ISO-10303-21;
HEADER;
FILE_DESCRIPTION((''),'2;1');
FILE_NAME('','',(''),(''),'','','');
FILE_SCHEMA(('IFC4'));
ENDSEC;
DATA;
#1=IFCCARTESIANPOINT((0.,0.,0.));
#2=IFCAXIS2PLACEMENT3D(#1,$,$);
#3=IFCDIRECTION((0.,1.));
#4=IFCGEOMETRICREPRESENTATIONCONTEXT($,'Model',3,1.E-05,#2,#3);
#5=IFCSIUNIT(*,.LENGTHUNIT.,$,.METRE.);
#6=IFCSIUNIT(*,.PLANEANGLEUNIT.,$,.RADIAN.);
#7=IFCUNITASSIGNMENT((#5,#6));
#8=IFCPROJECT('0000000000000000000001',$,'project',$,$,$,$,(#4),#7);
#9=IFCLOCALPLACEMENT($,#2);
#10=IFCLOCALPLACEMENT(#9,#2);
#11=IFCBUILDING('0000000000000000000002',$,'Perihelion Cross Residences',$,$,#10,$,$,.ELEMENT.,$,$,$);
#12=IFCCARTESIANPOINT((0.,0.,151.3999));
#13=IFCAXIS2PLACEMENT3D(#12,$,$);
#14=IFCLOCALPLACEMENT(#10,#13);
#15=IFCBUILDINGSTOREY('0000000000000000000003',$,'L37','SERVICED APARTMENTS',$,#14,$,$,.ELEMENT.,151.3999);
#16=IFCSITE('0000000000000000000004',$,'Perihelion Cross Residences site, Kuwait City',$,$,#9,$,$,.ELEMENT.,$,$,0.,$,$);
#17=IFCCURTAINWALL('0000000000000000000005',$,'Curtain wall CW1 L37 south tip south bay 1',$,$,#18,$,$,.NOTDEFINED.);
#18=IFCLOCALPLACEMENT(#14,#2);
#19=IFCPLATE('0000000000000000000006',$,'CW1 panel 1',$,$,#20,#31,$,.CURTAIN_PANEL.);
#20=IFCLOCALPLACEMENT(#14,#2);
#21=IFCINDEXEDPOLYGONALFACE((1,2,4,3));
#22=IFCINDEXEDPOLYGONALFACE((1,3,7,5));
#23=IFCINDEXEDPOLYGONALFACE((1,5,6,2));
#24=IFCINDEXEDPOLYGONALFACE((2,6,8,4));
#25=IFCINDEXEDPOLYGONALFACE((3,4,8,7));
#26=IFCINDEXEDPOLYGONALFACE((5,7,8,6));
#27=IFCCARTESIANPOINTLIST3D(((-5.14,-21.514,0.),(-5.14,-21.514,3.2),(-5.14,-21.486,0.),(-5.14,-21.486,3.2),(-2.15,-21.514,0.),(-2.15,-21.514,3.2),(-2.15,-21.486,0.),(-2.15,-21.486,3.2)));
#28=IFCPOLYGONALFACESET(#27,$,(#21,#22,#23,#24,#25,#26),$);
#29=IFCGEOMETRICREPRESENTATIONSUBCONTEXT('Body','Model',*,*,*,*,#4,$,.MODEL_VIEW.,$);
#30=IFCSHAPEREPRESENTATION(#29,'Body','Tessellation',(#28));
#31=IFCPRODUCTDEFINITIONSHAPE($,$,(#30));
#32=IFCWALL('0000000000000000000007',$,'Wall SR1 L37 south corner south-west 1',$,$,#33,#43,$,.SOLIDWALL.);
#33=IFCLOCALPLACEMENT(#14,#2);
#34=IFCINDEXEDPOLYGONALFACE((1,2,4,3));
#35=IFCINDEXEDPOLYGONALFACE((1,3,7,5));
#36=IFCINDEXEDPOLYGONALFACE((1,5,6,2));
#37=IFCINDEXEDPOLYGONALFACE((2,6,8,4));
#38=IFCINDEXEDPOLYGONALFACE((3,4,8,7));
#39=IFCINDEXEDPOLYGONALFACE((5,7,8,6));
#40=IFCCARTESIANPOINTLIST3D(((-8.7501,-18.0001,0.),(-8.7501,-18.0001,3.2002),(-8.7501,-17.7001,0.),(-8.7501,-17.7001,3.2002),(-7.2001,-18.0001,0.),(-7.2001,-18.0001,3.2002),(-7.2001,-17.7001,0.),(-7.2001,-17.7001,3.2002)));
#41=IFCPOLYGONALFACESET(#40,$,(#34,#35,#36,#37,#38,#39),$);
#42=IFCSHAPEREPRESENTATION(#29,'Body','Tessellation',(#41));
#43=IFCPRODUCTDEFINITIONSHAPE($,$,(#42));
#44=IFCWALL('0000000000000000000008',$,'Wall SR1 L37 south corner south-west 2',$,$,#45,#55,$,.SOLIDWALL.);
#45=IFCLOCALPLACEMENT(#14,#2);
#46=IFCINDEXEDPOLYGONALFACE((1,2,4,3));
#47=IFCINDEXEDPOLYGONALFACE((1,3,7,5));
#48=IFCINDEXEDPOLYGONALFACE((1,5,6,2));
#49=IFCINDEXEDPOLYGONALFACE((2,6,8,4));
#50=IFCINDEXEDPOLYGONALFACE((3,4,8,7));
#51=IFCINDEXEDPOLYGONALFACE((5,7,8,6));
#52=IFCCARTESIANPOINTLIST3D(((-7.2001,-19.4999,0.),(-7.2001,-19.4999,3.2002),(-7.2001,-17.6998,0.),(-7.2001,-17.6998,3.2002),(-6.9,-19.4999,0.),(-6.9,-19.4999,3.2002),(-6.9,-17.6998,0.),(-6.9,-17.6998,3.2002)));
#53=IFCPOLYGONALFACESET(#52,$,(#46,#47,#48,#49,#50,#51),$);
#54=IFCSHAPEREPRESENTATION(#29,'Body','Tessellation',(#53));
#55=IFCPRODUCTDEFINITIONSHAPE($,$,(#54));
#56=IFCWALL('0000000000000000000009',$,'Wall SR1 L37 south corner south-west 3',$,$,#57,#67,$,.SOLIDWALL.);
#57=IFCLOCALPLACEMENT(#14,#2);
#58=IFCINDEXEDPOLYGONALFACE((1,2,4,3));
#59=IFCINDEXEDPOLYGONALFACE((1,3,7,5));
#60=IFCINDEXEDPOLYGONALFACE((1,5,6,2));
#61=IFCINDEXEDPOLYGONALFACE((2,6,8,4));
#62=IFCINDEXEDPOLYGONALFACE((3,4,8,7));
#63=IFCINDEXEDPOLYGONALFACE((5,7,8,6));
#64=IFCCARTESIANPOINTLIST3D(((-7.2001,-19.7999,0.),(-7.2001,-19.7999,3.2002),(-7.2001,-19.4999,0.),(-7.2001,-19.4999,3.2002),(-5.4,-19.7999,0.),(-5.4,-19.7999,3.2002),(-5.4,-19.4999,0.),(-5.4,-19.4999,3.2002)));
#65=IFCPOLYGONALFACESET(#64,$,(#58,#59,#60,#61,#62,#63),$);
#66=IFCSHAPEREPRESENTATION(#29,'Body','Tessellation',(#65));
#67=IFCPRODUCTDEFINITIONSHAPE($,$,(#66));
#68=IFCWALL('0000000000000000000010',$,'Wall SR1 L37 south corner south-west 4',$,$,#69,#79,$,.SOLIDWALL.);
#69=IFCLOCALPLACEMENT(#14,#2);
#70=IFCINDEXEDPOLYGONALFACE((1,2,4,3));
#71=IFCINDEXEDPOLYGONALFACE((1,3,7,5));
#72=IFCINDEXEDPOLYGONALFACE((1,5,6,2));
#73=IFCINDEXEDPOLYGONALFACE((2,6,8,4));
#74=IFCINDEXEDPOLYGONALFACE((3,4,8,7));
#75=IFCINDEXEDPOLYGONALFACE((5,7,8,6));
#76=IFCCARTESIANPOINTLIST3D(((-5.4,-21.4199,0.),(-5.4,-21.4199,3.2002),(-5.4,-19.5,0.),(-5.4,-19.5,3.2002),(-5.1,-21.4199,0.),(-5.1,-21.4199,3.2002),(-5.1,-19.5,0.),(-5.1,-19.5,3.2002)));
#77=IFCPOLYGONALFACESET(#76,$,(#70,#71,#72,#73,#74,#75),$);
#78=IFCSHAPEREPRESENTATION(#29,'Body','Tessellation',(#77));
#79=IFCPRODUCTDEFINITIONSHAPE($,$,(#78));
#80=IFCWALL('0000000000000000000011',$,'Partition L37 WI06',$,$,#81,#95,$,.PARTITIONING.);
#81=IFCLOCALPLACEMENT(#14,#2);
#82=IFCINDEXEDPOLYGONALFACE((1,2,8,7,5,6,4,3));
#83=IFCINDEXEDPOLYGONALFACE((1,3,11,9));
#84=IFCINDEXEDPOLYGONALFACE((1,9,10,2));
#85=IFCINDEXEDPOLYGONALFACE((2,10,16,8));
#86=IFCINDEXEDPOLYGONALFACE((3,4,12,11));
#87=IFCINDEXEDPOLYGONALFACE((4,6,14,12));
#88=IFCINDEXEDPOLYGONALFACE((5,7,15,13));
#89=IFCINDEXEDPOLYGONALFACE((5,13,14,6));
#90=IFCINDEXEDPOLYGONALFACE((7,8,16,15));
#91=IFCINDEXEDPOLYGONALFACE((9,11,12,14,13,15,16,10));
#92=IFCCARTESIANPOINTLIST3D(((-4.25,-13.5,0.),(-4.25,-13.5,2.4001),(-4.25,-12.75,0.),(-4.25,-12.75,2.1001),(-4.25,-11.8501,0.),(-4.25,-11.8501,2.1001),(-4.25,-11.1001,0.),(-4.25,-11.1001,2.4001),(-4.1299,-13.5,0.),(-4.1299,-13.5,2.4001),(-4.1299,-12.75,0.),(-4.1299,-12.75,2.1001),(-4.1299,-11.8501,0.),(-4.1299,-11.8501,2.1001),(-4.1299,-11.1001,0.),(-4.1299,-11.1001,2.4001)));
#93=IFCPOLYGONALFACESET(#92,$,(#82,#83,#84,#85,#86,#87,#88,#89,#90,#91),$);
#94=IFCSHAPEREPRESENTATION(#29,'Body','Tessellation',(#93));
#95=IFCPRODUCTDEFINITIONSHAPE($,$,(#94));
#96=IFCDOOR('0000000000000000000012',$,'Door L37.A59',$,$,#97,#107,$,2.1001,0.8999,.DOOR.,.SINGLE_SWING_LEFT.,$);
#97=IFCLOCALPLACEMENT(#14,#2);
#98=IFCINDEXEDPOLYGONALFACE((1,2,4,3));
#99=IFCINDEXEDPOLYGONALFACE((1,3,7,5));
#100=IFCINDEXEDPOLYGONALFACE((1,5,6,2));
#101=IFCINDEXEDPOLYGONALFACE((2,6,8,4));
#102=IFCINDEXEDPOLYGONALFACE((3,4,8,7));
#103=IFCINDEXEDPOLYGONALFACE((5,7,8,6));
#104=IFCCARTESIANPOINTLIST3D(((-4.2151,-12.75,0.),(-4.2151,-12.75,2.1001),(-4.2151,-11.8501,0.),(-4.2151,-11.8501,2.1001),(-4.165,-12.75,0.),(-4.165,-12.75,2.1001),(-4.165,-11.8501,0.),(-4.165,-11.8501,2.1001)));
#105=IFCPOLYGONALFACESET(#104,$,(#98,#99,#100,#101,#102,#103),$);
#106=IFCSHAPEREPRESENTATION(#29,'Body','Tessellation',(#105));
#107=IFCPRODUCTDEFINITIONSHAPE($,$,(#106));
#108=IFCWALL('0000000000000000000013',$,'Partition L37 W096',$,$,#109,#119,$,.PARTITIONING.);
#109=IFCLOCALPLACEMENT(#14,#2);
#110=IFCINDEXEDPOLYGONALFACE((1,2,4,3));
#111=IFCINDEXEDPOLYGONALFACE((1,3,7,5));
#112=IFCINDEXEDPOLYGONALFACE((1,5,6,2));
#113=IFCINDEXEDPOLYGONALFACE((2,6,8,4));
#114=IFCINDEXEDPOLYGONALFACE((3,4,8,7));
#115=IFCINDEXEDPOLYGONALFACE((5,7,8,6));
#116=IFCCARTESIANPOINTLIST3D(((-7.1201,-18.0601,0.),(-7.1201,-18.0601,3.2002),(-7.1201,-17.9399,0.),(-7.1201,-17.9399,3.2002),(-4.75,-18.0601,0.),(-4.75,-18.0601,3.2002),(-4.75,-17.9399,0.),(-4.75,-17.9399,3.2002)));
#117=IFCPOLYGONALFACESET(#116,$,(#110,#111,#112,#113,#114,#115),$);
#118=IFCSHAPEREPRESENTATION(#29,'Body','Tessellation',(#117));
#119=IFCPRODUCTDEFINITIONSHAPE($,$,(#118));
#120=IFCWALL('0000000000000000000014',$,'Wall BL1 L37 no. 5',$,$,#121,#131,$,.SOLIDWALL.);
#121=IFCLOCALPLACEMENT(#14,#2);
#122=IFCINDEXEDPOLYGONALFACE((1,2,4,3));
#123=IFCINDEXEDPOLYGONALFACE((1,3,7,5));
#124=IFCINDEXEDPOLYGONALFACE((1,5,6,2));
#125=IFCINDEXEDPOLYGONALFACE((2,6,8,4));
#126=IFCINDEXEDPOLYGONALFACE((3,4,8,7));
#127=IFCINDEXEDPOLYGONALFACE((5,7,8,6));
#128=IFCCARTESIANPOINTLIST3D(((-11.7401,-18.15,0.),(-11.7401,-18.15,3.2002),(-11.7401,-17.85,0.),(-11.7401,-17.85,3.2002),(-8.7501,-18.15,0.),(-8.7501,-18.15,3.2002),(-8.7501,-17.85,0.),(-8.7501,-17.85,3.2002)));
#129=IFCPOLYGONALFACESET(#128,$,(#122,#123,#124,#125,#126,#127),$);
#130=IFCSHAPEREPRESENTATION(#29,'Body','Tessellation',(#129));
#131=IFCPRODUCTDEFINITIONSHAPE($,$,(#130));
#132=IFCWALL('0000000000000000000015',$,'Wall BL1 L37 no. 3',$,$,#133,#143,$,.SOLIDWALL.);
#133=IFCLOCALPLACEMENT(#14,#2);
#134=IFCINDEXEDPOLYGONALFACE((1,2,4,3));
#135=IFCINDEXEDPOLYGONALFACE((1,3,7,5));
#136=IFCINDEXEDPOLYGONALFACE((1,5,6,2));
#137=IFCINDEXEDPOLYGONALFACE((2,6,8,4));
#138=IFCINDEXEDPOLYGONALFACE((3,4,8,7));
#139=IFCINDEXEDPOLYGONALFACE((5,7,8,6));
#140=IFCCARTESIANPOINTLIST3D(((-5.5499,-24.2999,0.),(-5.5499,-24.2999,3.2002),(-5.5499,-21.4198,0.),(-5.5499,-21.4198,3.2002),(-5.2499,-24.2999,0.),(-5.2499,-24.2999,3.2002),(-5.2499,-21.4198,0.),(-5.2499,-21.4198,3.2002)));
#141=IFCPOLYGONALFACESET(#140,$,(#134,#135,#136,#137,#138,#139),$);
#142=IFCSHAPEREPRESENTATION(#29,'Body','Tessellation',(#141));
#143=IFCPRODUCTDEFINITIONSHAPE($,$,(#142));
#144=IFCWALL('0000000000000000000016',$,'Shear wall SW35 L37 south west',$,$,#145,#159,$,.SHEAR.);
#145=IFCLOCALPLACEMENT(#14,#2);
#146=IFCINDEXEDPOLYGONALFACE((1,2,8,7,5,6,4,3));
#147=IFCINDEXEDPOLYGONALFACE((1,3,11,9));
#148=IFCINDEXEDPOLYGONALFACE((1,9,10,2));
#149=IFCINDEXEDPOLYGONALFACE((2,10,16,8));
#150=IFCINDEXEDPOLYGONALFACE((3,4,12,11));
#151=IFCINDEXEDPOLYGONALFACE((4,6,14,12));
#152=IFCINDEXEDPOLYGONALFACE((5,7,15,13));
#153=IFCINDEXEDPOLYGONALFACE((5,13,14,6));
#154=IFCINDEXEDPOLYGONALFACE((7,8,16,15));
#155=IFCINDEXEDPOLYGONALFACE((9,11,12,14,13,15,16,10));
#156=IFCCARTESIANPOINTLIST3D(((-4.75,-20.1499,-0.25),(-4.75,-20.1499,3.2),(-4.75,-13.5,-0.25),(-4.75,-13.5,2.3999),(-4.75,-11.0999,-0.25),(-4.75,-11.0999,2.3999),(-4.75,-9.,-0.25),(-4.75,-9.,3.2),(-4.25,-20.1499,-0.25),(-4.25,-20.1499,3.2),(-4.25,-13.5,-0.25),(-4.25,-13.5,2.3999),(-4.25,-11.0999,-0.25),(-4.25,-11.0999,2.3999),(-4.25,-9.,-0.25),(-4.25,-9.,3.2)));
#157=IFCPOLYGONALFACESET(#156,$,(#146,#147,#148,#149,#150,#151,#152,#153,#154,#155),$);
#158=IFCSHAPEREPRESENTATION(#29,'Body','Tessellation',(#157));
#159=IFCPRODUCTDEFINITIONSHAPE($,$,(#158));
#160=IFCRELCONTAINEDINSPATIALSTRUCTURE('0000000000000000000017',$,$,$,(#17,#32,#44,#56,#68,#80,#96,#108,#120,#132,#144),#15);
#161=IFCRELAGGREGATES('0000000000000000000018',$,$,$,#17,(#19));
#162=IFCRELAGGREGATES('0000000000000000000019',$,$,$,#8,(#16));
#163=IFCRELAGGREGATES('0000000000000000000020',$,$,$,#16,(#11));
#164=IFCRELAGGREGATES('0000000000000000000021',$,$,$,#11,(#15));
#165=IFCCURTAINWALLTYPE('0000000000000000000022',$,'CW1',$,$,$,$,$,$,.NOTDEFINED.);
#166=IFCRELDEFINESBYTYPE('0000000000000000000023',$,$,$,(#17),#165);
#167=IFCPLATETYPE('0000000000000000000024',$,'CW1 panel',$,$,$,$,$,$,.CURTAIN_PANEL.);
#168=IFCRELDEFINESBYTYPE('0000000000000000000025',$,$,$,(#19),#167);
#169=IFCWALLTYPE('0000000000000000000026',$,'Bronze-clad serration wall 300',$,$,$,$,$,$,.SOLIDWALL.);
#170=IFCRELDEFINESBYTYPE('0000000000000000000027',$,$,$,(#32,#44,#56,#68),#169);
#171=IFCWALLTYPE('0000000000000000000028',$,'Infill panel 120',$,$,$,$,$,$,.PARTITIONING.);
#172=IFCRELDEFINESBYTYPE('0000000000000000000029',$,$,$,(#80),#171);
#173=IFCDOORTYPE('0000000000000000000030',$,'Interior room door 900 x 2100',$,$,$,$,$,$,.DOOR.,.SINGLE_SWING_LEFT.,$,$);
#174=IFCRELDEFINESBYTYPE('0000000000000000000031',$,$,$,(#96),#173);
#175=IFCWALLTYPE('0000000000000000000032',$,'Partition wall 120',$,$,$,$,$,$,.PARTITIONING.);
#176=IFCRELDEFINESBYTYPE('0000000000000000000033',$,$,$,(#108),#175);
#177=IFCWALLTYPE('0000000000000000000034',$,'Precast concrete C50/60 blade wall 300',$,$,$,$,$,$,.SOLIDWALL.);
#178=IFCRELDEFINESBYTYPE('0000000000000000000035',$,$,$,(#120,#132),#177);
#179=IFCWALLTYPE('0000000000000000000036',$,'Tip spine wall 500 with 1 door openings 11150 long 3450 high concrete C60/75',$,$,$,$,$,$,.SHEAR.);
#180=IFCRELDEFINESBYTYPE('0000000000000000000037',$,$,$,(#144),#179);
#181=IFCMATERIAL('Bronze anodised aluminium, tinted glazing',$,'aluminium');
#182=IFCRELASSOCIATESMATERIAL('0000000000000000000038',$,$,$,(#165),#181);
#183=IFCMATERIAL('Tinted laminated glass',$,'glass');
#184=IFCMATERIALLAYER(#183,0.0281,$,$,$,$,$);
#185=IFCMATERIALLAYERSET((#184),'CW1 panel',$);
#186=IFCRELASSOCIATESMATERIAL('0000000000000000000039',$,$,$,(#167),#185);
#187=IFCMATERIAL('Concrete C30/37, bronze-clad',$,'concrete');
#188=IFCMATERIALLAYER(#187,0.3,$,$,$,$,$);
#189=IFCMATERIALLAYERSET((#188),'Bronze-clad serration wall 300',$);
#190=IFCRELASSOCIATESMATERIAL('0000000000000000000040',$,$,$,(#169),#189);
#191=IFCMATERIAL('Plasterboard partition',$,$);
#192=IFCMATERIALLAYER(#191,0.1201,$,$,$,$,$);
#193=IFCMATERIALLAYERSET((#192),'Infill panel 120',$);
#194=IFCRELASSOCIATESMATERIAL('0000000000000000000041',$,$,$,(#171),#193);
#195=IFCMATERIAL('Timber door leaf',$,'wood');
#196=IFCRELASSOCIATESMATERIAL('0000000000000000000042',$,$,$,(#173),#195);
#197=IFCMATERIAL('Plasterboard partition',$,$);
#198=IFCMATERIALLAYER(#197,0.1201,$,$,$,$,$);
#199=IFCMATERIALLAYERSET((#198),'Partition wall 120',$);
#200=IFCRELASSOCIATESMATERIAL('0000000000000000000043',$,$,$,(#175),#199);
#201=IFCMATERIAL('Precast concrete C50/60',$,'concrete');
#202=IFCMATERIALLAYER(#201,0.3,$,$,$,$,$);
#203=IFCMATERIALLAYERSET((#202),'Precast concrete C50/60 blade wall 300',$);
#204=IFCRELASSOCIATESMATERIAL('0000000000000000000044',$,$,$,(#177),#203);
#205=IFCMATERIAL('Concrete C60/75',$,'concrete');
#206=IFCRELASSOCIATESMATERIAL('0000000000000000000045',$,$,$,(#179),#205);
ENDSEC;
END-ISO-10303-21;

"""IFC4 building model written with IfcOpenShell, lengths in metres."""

from ifc_helpers import new_model, si_unit, direction, frame, frame_2d, origin, origin_2d, place, context, subcontext, project, spatial, polyline, rectangle, outline, extrude, material, layer, layer_set, material_profile, profile_set, type_object, element, fill, aggregate, save


model = new_model("IFC4")

# Units and contexts
model_context = context("Model", 3, precision=1e-05, world=origin(), true_north=direction((0.0, 1.0)))
body_context = subcontext(model_context, "Body", "Model", "MODEL_VIEW")
ifc_project = project(units=[si_unit("LENGTHUNIT", "METRE"), si_unit("PLANEANGLEUNIT", "RADIAN")], contexts=[model_context])

# Site, building, storey
site_placement = place(None, origin())
site = spatial("IfcSite", under=ifc_project, at=site_placement, Name="Perihelion Cross Residences site, Kuwait City", CompositionType="ELEMENT", RefElevation=0.0)
building_placement = place(site_placement, origin())
building = spatial("IfcBuilding", under=site, at=building_placement, Name="Perihelion Cross Residences", CompositionType="ELEMENT")
storey_placement = place(building_placement, frame((0.0, 0.0, 151.3999)))
storey = spatial("IfcBuildingStorey", under=building, at=storey_placement, Name="L37", Description="SERVICED APARTMENTS", CompositionType="ELEMENT", Elevation=151.3999)

# Curtain wall
ifc_material_1 = material(Name="Bronze anodised aluminium, tinted glazing", Category="aluminium")
curtain_wall_type = type_object("IfcCurtainWallType", Name="CW1", PredefinedType="NOTDEFINED", material=ifc_material_1)
curtain_wall_1_placement = place(storey_placement, origin())
curtain_wall_1 = element("IfcCurtainWall", 1, at=curtain_wall_1_placement, inside=storey, type_object=curtain_wall_type, Name="Curtain wall CW1 L37 south tip south bay 1", PredefinedType="NOTDEFINED")

# Shared definitions
ifc_material_2 = material(Name="Tinted laminated glass", Category="glass")
ifc_layer_1 = layer(ifc_material_2, 0.0281)
ifc_layer_set_1 = layer_set([ifc_layer_1], Name="CW1 panel")
plate_type = type_object("IfcPlateType", Name="CW1 panel", PredefinedType="CURTAIN_PANEL", material=ifc_layer_set_1)

# Plate
plate_1_placement = place(storey_placement, frame((-3.645, -21.5, 0.0), z_axis=(0.0, 0.0, 1.0), x_axis=(1.0, 0.0, 0.0)))
plate_1 = element("IfcPlate", 2, at=plate_1_placement, type_object=plate_type, Name="CW1 panel 1", PredefinedType="CURTAIN_PANEL", context=body_context, shape_type="SweptSolid", body=[
    extrude(rectangle(XDim=2.99, YDim=0.0281, at=origin_2d()), origin(), (0.0, 0.0, 1.0), 3.2),
])
aggregate(curtain_wall_1, [plate_1])

# Walls
ifc_material_3 = material(Name="Concrete C30/37, bronze-clad", Category="concrete")
ifc_layer_2 = layer(ifc_material_3, 0.3)
ifc_layer_set_2 = layer_set([ifc_layer_2], Name="Bronze-clad serration wall 300")
wall_type_1 = type_object("IfcWallType", Name="Bronze-clad serration wall 300", PredefinedType="SOLIDWALL", material=ifc_layer_set_2)
wall_1_placement = place(storey_placement, frame((-8.75, -17.8501, 0.0), z_axis=(0.0, 0.0, 1.0), x_axis=(1.0, 0.0, 0.0)))
element("IfcWall", 3, at=wall_1_placement, inside=storey, type_object=wall_type_1, Name="Wall SR1 L37 south corner south-west 1", PredefinedType="SOLIDWALL", context=body_context, shape_type="SweptSolid", body=[
    extrude(rectangle(XDim=1.55, YDim=0.3, at=frame_2d((0.7749, 0.0))), origin(), (0.0, 0.0, 1.0), 3.2002),
])
for number, where, z_axis, x_axis, name in (
    (4, (-7.05, -17.7, 0.0), (0.0, 0.0, 1.0), (0.0, -1.0, 0.0), "Wall SR1 L37 south corner south-west 2"),
    (5, (-7.2, -19.6499, 0.0), (0.0, 0.0, 1.0), (1.0, 0.0, 0.0), "Wall SR1 L37 south corner south-west 3"),
):
    element("IfcWall", number, at=place(storey_placement, frame(where, z_axis=z_axis, x_axis=x_axis)), inside=storey, type_object=wall_type_1, Name=name, PredefinedType="SOLIDWALL", context=body_context, shape_type="SweptSolid", body=[
        extrude(rectangle(XDim=1.8, YDim=0.3, at=frame_2d((0.8999, 0.0))), origin(), (0.0, 0.0, 1.0), 3.2002),
    ])
wall_2_placement = place(storey_placement, frame((-5.25, -19.5, 0.0), z_axis=(0.0, 0.0, 1.0), x_axis=(0.0, -1.0, 0.0)))
element("IfcWall", 6, at=wall_2_placement, inside=storey, type_object=wall_type_1, Name="Wall SR1 L37 south corner south-west 4", PredefinedType="SOLIDWALL", context=body_context, shape_type="SweptSolid", body=[
    extrude(rectangle(XDim=1.9199, YDim=0.3, at=frame_2d((0.96, 0.0))), origin(), (0.0, 0.0, 1.0), 3.2002),
])

# Wall, opening, door
ifc_material_4 = material(Name="Plasterboard partition")
ifc_layer_3 = layer(ifc_material_4, 0.1201)
ifc_layer_set_3 = layer_set([ifc_layer_3], Name="Infill panel 120")
wall_type_2 = type_object("IfcWallType", Name="Infill panel 120", PredefinedType="PARTITIONING", material=ifc_layer_set_3)
wall_3_placement = place(storey_placement, frame((-4.1899, -11.1001, 0.0), z_axis=(0.0, 0.0, 1.0), x_axis=(0.0, -1.0, 0.0)))
wall_3 = element("IfcWall", 7, at=wall_3_placement, inside=storey, type_object=wall_type_2, Name="Partition L37 WI06", PredefinedType="PARTITIONING", context=body_context, shape_type="SweptSolid", body=[
    extrude(rectangle(XDim=2.3999, YDim=0.1201, at=frame_2d((1.2, 0.0))), origin(), (0.0, 0.0, 1.0), 2.4001),
])
opening_1_placement = place(wall_3_placement, frame((0.75, 0.0, 0.0)))
opening_1 = element("IfcOpeningElement", 8, at=opening_1_placement, cuts=wall_3, PredefinedType="OPENING", context=body_context, shape_type="SweptSolid", body=[
    extrude(rectangle(XDim=0.8999, YDim=2.1001, at=frame_2d((0.45, 1.05))), frame((0.0, 0.0701, 0.0), z_axis=(0.0, -1.0, 0.0), x_axis=(1.0, 0.0, 0.0)), (0.0, 0.0, 1.0), 0.1401),
])
ifc_material_5 = material(Name="Timber door leaf", Category="wood")
door_type_1 = type_object("IfcDoorType", Name="Interior room door 900 x 2100", OperationType="SINGLE_SWING_LEFT", PredefinedType="DOOR", material=ifc_material_5)
door_1_placement = place(opening_1_placement, origin())
door_1 = element("IfcDoor", 9, at=door_1_placement, inside=storey, type_object=door_type_1, Name="Door L37.A59", OperationType="SINGLE_SWING_LEFT", OverallHeight=2.1001, OverallWidth=0.8999, PredefinedType="DOOR", context=body_context, shape_type="SweptSolid", body=[
    extrude(rectangle(XDim=0.8999, YDim=2.1001, at=frame_2d((0.45, 1.05))), frame((0.0, 0.0249, 0.0), z_axis=(0.0, -1.0, 0.0), x_axis=(1.0, 0.0, 0.0)), (0.0, 0.0, 1.0), 0.05),
])
fill(opening_1, door_1)

# Walls
ifc_material_6 = material(Name="Plasterboard partition")
ifc_layer_4 = layer(ifc_material_6, 0.1201)
ifc_layer_set_4 = layer_set([ifc_layer_4], Name="Partition wall 120")
wall_type_3 = type_object("IfcWallType", Name="Partition wall 120", PredefinedType="PARTITIONING", material=ifc_layer_set_4)
wall_4_placement = place(storey_placement, frame((-4.75, -18.0, 0.0), z_axis=(0.0, 0.0, 1.0), x_axis=(-1.0, 0.0, 0.0)))
element("IfcWall", 10, at=wall_4_placement, inside=storey, type_object=wall_type_3, Name="Partition L37 W096", PredefinedType="PARTITIONING", context=body_context, shape_type="SweptSolid", body=[
    extrude(rectangle(XDim=2.3701, YDim=0.1201, at=frame_2d((1.1851, 0.0))), origin(), (0.0, 0.0, 1.0), 3.2002),
])
ifc_material_7 = material(Name="Precast concrete C50/60", Category="concrete")
ifc_layer_5 = layer(ifc_material_7, 0.3)
ifc_layer_set_5 = layer_set([ifc_layer_5], Name="Precast concrete C50/60 blade wall 300")
wall_type_4 = type_object("IfcWallType", Name="Precast concrete C50/60 blade wall 300", PredefinedType="SOLIDWALL", material=ifc_layer_set_5)
wall_5_placement = place(storey_placement, frame((-8.75, -18.0, 0.0), z_axis=(0.0, 0.0, 1.0), x_axis=(-1.0, 0.0, 0.0)))
element("IfcWall", 11, at=wall_5_placement, inside=storey, type_object=wall_type_4, Name="Wall BL1 L37 no. 5", PredefinedType="SOLIDWALL", context=body_context, shape_type="SweptSolid", body=[
    extrude(rectangle(XDim=2.99, YDim=0.3, at=frame_2d((1.4951, 0.0))), origin(), (0.0, 0.0, 1.0), 3.2002),
])
wall_6_placement = place(storey_placement, frame((-5.3999, -21.4199, 0.0), z_axis=(0.0, 0.0, 1.0), x_axis=(0.0, -1.0, 0.0)))
element("IfcWall", 12, at=wall_6_placement, inside=storey, type_object=wall_type_4, Name="Wall BL1 L37 no. 3", PredefinedType="SOLIDWALL", context=body_context, shape_type="SweptSolid", body=[
    extrude(rectangle(XDim=2.8801, YDim=0.3, at=frame_2d((1.4399, 0.0))), origin(), (0.0, 0.0, 1.0), 3.2002),
])
ifc_material_8 = material(Name="Concrete C60/75", Category="concrete")
ifc_material_profile_1 = material_profile(ifc_material_8, outline(polyline([(0.0, 0.0), (6.6499, 0.0), (6.6499, 2.6499), (9.05, 2.6499), (9.05, 0.0), (11.1499, 0.0), (11.1499, 3.45), (0.0, 3.45), (0.0, 0.0)])), Name="Tip spine wall")
ifc_profile_set_1 = profile_set([ifc_material_profile_1], Name="Concrete C60/75")
wall_type_5 = type_object("IfcWallType", Name="Tip spine wall 500 with 1 door openings 11150 long 3450 high concrete C60/75", PredefinedType="SHEAR", material=ifc_profile_set_1)
wall_7_placement = place(storey_placement, frame((-4.75, -20.1499, -0.25), z_axis=(1.0, 0.0, 0.0), x_axis=(0.0, 1.0, 0.0)))
element("IfcWall", 13, at=wall_7_placement, inside=storey, type_object=wall_type_5, Name="Shear wall SW35 L37 south west", PredefinedType="SHEAR", context=body_context, shape_type="SweptSolid", body=[
    extrude(outline(polyline([(0.0, 0.0), (6.6499, 0.0), (6.6499, 2.6499), (9.05, 2.6499), (9.05, 0.0), (11.1499, 0.0), (11.1499, 3.45), (0.0, 3.45), (0.0, 0.0)])), origin(), (0.0, 0.0, 1.0), 0.5),
])

save(model, "model.ifc")
